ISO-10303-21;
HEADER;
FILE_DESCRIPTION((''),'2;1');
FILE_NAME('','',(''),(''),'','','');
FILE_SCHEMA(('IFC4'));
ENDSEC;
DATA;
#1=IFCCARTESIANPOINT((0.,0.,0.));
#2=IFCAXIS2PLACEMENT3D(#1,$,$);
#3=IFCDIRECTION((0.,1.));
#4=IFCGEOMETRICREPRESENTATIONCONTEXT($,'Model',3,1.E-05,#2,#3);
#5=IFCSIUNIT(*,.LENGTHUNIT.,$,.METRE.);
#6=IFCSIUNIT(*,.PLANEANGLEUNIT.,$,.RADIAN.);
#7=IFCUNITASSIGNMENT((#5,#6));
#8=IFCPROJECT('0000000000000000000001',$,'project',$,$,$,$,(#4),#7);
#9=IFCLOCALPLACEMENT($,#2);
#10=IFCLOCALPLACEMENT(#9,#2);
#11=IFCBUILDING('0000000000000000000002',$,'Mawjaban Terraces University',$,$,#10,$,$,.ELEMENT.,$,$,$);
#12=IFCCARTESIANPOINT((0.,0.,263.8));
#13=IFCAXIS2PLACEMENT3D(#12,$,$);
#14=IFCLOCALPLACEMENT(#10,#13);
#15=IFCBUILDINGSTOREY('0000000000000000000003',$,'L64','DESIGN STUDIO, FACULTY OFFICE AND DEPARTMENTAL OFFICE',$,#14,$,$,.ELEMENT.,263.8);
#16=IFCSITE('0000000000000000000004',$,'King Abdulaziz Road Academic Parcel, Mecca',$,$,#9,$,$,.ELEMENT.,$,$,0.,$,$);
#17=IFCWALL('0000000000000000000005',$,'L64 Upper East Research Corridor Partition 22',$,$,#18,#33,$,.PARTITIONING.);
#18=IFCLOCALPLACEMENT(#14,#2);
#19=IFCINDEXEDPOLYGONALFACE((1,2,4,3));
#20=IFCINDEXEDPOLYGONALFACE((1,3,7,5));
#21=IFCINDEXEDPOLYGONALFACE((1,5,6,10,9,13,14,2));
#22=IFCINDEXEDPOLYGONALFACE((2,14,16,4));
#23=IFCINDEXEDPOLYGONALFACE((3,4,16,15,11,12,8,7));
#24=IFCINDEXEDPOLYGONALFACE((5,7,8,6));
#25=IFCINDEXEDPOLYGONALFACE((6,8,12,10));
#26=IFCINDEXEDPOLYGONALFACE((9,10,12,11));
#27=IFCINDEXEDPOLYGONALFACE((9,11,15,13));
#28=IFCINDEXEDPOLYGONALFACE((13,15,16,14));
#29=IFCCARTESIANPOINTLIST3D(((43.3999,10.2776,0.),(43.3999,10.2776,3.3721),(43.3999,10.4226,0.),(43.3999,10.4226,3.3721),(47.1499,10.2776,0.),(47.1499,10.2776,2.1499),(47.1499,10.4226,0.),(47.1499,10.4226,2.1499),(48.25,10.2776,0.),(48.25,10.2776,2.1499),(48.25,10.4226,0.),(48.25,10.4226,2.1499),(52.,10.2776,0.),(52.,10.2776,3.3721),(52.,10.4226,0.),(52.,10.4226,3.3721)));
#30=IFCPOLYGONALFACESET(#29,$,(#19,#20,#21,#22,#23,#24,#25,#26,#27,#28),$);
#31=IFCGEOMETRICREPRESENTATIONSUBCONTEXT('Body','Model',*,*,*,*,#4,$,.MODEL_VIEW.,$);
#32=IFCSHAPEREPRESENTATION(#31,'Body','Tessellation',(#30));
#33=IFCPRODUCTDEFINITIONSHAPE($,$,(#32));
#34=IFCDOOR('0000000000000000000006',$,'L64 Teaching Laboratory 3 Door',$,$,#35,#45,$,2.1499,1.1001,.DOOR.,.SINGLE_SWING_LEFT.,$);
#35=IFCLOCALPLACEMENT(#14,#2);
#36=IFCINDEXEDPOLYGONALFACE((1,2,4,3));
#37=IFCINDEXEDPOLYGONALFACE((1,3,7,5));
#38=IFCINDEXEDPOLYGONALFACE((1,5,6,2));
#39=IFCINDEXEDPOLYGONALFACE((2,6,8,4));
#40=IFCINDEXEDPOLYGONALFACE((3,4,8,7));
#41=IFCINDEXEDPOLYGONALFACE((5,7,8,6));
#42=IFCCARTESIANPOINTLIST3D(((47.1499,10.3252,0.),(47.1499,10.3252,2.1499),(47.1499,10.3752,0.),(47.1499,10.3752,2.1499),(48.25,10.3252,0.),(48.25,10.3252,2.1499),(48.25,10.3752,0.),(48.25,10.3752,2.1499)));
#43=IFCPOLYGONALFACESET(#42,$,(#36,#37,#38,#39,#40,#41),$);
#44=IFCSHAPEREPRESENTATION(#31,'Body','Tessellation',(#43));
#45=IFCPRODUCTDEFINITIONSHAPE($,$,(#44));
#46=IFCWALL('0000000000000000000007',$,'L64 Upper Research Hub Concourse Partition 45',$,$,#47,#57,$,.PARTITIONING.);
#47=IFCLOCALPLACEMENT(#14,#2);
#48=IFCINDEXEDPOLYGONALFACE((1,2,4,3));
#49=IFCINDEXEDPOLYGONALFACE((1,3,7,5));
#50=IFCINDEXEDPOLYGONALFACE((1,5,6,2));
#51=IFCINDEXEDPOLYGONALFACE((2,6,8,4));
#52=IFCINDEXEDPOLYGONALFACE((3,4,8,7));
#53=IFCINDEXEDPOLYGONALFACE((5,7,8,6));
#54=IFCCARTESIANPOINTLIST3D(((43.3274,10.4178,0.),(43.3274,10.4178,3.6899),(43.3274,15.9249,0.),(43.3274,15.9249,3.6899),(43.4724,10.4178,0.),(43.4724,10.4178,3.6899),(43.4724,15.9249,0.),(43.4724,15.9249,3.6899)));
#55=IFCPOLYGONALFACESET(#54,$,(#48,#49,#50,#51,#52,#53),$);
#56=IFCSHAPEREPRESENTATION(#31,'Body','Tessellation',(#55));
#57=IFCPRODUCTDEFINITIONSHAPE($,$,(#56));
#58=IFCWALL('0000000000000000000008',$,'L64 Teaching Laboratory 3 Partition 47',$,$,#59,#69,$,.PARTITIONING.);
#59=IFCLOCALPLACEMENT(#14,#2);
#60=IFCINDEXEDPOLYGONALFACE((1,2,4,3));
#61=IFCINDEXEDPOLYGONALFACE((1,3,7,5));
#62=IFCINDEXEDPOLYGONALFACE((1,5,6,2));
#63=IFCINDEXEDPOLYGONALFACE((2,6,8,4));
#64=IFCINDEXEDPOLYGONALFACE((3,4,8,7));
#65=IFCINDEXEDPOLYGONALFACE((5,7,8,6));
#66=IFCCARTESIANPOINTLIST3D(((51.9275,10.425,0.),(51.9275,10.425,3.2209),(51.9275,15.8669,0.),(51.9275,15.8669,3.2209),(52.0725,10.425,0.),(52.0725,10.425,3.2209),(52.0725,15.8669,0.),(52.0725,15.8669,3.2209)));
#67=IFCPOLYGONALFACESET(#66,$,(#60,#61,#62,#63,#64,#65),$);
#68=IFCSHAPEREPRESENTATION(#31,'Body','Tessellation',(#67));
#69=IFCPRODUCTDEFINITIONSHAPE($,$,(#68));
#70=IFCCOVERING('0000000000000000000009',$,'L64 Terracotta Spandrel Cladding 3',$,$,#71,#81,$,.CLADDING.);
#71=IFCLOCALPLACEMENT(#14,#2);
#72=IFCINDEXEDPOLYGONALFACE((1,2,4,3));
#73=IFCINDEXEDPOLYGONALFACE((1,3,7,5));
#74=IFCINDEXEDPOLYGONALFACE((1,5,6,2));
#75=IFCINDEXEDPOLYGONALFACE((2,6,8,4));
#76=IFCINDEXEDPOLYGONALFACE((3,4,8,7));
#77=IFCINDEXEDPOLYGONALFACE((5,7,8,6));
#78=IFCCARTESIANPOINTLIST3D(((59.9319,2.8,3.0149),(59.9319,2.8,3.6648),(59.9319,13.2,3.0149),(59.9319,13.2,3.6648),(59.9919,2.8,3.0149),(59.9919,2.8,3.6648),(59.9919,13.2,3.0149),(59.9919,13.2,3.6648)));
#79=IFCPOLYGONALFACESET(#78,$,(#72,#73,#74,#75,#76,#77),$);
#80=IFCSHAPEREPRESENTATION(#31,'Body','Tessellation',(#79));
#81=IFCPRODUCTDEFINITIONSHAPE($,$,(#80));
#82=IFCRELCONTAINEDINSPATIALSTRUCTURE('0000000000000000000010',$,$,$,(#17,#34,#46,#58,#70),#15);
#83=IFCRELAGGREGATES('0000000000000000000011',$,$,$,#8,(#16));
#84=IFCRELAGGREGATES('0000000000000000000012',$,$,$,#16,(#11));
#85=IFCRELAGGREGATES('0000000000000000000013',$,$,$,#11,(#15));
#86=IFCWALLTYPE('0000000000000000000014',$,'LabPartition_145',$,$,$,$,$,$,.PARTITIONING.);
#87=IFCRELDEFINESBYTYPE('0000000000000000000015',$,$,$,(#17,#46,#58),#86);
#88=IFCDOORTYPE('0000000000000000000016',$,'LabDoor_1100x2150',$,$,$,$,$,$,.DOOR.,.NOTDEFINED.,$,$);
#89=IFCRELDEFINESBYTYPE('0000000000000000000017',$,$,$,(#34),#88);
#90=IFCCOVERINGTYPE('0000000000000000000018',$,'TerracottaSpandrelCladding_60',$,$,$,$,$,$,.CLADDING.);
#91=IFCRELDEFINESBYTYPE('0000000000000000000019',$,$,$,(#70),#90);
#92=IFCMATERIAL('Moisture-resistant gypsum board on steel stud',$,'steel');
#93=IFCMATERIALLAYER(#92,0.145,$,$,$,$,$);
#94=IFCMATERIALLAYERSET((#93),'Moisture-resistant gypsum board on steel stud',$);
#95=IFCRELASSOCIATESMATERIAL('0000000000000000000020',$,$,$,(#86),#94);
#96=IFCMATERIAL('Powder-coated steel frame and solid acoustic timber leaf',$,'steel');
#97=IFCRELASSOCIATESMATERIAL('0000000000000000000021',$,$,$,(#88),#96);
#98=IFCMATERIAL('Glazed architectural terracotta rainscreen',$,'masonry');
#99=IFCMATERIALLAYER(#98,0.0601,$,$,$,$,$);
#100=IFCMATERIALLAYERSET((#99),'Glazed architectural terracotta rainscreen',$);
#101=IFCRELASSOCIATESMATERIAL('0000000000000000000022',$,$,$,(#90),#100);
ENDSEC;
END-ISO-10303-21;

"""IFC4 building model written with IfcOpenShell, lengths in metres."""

from ifc_helpers import new_model, si_unit, direction, frame, frame_2d, origin, origin_2d, place, context, subcontext, project, spatial, rectangle, extrude, material, layer, layer_set, type_object, element, fill, save


model = new_model("IFC4")

# Units and contexts
model_context = context("Model", 3, precision=1e-05, world=origin(), true_north=direction((0.0, 1.0)))
body_context = subcontext(model_context, "Body", "Model", "MODEL_VIEW")
ifc_project = project(units=[si_unit("LENGTHUNIT", "METRE"), si_unit("PLANEANGLEUNIT", "RADIAN")], contexts=[model_context])

# Site, building, storey
site_placement = place(None, origin())
site = spatial("IfcSite", under=ifc_project, at=site_placement, Name="King Abdulaziz Road Academic Parcel, Mecca", CompositionType="ELEMENT", RefElevation=0.0)
building_placement = place(site_placement, origin())
building = spatial("IfcBuilding", under=site, at=building_placement, Name="Mawjaban Terraces University", CompositionType="ELEMENT")
storey_placement = place(building_placement, frame((0.0, 0.0, 263.8)))
storey = spatial("IfcBuildingStorey", under=building, at=storey_placement, Name="L64", Description="DESIGN STUDIO, FACULTY OFFICE AND DEPARTMENTAL OFFICE", CompositionType="ELEMENT", Elevation=263.8)

# Shared definitions
ifc_material_1 = material(Name="Powder-coated steel frame and solid acoustic timber leaf", Category="steel")

# Wall, opening, door
ifc_material_2 = material(Name="Moisture-resistant gypsum board on steel stud", Category="steel")
ifc_layer_1 = layer(ifc_material_2, 0.145)
ifc_layer_set_1 = layer_set([ifc_layer_1], Name="Moisture-resistant gypsum board on steel stud")
wall_type_1 = type_object("IfcWallType", Name="LabPartition_145", PredefinedType="PARTITIONING", material=ifc_layer_set_1)
door_type_1 = type_object("IfcDoorType", Name="LabDoor_1100x2150", OperationType="NOTDEFINED", PredefinedType="DOOR", material=ifc_material_1)
wall_1_placement = place(storey_placement, frame((52.0, 10.3501, 0.0), z_axis=(0.0, 0.0, 1.0), x_axis=(-1.0, 0.0, 0.0)))
wall_1 = element("IfcWall", 1, at=wall_1_placement, inside=storey, type_object=wall_type_1, Name="L64 Upper East Research Corridor Partition 22", PredefinedType="PARTITIONING", context=body_context, shape_type="SweptSolid", body=[
    extrude(rectangle(XDim=8.6001, YDim=0.145, at=frame_2d((4.3, 0.0))), origin(), (0.0, 0.0, 1.0), 3.3721),
])
opening_1_placement = place(wall_1_placement, frame((3.75, 0.0, 0.0)))
opening_1 = element("IfcOpeningElement", 2, at=opening_1_placement, cuts=wall_1, PredefinedType="OPENING", context=body_context, shape_type="SweptSolid", body=[
    extrude(rectangle(XDim=1.1001, YDim=2.1499, at=frame_2d((0.55, 1.075))), frame((0.0, 0.0825, 0.0), z_axis=(0.0, -1.0, 0.0), x_axis=(1.0, 0.0, 0.0)), (0.0, 0.0, 1.0), 0.165),
])
door_1_placement = place(opening_1_placement, origin())
door_1 = element("IfcDoor", 3, at=door_1_placement, inside=storey, type_object=door_type_1, Name="L64 Teaching Laboratory 3 Door", OperationType="SINGLE_SWING_LEFT", OverallHeight=2.1499, OverallWidth=1.1001, PredefinedType="DOOR", context=body_context, shape_type="SweptSolid", body=[
    extrude(rectangle(XDim=1.1001, YDim=2.1499, at=frame_2d((0.55, 1.075))), frame((0.0, 0.0249, 0.0), z_axis=(0.0, -1.0, 0.0), x_axis=(1.0, 0.0, 0.0)), (0.0, 0.0, 1.0), 0.05),
])
fill(opening_1, door_1)

# Walls
wall_2_placement = place(storey_placement, frame((43.3999, 10.418, 0.0), z_axis=(0.0, 0.0, 1.0), x_axis=(0.0, 1.0, 0.0)))
element("IfcWall", 4, at=wall_2_placement, inside=storey, type_object=wall_type_1, Name="L64 Upper Research Hub Concourse Partition 45", PredefinedType="PARTITIONING", context=body_context, shape_type="SweptSolid", body=[
    extrude(rectangle(XDim=5.5071, YDim=0.145, at=frame_2d((2.7534, 0.0))), origin(), (0.0, 0.0, 1.0), 3.6899),
])
wall_3_placement = place(storey_placement, frame((52.0, 10.425, 0.0), z_axis=(0.0, 0.0, 1.0), x_axis=(0.0, 1.0, 0.0)))
element("IfcWall", 5, at=wall_3_placement, inside=storey, type_object=wall_type_1, Name="L64 Teaching Laboratory 3 Partition 47", PredefinedType="PARTITIONING", context=body_context, shape_type="SweptSolid", body=[
    extrude(rectangle(XDim=5.4419, YDim=0.145, at=frame_2d((2.7209, 0.0))), origin(), (0.0, 0.0, 1.0), 3.2209),
])

# Covering
ifc_material_3 = material(Name="Glazed architectural terracotta rainscreen", Category="masonry")
ifc_layer_2 = layer(ifc_material_3, 0.0601)
ifc_layer_set_2 = layer_set([ifc_layer_2], Name="Glazed architectural terracotta rainscreen")
covering_type = type_object("IfcCoveringType", Name="TerracottaSpandrelCladding_60", PredefinedType="CLADDING", material=ifc_layer_set_2)
covering_placement = place(storey_placement, frame((59.9619, 8.0, 3.0149), z_axis=(0.0, 0.0, 1.0), x_axis=(0.0, 1.0, 0.0)))
element("IfcCovering", 6, at=covering_placement, inside=storey, type_object=covering_type, Name="L64 Terracotta Spandrel Cladding 3", PredefinedType="CLADDING", context=body_context, shape_type="SweptSolid", body=[
    extrude(rectangle(XDim=10.3999, YDim=0.0601, at=origin_2d()), origin(), (0.0, 0.0, 1.0), 0.6499),
])

save(model, "model.ifc")
